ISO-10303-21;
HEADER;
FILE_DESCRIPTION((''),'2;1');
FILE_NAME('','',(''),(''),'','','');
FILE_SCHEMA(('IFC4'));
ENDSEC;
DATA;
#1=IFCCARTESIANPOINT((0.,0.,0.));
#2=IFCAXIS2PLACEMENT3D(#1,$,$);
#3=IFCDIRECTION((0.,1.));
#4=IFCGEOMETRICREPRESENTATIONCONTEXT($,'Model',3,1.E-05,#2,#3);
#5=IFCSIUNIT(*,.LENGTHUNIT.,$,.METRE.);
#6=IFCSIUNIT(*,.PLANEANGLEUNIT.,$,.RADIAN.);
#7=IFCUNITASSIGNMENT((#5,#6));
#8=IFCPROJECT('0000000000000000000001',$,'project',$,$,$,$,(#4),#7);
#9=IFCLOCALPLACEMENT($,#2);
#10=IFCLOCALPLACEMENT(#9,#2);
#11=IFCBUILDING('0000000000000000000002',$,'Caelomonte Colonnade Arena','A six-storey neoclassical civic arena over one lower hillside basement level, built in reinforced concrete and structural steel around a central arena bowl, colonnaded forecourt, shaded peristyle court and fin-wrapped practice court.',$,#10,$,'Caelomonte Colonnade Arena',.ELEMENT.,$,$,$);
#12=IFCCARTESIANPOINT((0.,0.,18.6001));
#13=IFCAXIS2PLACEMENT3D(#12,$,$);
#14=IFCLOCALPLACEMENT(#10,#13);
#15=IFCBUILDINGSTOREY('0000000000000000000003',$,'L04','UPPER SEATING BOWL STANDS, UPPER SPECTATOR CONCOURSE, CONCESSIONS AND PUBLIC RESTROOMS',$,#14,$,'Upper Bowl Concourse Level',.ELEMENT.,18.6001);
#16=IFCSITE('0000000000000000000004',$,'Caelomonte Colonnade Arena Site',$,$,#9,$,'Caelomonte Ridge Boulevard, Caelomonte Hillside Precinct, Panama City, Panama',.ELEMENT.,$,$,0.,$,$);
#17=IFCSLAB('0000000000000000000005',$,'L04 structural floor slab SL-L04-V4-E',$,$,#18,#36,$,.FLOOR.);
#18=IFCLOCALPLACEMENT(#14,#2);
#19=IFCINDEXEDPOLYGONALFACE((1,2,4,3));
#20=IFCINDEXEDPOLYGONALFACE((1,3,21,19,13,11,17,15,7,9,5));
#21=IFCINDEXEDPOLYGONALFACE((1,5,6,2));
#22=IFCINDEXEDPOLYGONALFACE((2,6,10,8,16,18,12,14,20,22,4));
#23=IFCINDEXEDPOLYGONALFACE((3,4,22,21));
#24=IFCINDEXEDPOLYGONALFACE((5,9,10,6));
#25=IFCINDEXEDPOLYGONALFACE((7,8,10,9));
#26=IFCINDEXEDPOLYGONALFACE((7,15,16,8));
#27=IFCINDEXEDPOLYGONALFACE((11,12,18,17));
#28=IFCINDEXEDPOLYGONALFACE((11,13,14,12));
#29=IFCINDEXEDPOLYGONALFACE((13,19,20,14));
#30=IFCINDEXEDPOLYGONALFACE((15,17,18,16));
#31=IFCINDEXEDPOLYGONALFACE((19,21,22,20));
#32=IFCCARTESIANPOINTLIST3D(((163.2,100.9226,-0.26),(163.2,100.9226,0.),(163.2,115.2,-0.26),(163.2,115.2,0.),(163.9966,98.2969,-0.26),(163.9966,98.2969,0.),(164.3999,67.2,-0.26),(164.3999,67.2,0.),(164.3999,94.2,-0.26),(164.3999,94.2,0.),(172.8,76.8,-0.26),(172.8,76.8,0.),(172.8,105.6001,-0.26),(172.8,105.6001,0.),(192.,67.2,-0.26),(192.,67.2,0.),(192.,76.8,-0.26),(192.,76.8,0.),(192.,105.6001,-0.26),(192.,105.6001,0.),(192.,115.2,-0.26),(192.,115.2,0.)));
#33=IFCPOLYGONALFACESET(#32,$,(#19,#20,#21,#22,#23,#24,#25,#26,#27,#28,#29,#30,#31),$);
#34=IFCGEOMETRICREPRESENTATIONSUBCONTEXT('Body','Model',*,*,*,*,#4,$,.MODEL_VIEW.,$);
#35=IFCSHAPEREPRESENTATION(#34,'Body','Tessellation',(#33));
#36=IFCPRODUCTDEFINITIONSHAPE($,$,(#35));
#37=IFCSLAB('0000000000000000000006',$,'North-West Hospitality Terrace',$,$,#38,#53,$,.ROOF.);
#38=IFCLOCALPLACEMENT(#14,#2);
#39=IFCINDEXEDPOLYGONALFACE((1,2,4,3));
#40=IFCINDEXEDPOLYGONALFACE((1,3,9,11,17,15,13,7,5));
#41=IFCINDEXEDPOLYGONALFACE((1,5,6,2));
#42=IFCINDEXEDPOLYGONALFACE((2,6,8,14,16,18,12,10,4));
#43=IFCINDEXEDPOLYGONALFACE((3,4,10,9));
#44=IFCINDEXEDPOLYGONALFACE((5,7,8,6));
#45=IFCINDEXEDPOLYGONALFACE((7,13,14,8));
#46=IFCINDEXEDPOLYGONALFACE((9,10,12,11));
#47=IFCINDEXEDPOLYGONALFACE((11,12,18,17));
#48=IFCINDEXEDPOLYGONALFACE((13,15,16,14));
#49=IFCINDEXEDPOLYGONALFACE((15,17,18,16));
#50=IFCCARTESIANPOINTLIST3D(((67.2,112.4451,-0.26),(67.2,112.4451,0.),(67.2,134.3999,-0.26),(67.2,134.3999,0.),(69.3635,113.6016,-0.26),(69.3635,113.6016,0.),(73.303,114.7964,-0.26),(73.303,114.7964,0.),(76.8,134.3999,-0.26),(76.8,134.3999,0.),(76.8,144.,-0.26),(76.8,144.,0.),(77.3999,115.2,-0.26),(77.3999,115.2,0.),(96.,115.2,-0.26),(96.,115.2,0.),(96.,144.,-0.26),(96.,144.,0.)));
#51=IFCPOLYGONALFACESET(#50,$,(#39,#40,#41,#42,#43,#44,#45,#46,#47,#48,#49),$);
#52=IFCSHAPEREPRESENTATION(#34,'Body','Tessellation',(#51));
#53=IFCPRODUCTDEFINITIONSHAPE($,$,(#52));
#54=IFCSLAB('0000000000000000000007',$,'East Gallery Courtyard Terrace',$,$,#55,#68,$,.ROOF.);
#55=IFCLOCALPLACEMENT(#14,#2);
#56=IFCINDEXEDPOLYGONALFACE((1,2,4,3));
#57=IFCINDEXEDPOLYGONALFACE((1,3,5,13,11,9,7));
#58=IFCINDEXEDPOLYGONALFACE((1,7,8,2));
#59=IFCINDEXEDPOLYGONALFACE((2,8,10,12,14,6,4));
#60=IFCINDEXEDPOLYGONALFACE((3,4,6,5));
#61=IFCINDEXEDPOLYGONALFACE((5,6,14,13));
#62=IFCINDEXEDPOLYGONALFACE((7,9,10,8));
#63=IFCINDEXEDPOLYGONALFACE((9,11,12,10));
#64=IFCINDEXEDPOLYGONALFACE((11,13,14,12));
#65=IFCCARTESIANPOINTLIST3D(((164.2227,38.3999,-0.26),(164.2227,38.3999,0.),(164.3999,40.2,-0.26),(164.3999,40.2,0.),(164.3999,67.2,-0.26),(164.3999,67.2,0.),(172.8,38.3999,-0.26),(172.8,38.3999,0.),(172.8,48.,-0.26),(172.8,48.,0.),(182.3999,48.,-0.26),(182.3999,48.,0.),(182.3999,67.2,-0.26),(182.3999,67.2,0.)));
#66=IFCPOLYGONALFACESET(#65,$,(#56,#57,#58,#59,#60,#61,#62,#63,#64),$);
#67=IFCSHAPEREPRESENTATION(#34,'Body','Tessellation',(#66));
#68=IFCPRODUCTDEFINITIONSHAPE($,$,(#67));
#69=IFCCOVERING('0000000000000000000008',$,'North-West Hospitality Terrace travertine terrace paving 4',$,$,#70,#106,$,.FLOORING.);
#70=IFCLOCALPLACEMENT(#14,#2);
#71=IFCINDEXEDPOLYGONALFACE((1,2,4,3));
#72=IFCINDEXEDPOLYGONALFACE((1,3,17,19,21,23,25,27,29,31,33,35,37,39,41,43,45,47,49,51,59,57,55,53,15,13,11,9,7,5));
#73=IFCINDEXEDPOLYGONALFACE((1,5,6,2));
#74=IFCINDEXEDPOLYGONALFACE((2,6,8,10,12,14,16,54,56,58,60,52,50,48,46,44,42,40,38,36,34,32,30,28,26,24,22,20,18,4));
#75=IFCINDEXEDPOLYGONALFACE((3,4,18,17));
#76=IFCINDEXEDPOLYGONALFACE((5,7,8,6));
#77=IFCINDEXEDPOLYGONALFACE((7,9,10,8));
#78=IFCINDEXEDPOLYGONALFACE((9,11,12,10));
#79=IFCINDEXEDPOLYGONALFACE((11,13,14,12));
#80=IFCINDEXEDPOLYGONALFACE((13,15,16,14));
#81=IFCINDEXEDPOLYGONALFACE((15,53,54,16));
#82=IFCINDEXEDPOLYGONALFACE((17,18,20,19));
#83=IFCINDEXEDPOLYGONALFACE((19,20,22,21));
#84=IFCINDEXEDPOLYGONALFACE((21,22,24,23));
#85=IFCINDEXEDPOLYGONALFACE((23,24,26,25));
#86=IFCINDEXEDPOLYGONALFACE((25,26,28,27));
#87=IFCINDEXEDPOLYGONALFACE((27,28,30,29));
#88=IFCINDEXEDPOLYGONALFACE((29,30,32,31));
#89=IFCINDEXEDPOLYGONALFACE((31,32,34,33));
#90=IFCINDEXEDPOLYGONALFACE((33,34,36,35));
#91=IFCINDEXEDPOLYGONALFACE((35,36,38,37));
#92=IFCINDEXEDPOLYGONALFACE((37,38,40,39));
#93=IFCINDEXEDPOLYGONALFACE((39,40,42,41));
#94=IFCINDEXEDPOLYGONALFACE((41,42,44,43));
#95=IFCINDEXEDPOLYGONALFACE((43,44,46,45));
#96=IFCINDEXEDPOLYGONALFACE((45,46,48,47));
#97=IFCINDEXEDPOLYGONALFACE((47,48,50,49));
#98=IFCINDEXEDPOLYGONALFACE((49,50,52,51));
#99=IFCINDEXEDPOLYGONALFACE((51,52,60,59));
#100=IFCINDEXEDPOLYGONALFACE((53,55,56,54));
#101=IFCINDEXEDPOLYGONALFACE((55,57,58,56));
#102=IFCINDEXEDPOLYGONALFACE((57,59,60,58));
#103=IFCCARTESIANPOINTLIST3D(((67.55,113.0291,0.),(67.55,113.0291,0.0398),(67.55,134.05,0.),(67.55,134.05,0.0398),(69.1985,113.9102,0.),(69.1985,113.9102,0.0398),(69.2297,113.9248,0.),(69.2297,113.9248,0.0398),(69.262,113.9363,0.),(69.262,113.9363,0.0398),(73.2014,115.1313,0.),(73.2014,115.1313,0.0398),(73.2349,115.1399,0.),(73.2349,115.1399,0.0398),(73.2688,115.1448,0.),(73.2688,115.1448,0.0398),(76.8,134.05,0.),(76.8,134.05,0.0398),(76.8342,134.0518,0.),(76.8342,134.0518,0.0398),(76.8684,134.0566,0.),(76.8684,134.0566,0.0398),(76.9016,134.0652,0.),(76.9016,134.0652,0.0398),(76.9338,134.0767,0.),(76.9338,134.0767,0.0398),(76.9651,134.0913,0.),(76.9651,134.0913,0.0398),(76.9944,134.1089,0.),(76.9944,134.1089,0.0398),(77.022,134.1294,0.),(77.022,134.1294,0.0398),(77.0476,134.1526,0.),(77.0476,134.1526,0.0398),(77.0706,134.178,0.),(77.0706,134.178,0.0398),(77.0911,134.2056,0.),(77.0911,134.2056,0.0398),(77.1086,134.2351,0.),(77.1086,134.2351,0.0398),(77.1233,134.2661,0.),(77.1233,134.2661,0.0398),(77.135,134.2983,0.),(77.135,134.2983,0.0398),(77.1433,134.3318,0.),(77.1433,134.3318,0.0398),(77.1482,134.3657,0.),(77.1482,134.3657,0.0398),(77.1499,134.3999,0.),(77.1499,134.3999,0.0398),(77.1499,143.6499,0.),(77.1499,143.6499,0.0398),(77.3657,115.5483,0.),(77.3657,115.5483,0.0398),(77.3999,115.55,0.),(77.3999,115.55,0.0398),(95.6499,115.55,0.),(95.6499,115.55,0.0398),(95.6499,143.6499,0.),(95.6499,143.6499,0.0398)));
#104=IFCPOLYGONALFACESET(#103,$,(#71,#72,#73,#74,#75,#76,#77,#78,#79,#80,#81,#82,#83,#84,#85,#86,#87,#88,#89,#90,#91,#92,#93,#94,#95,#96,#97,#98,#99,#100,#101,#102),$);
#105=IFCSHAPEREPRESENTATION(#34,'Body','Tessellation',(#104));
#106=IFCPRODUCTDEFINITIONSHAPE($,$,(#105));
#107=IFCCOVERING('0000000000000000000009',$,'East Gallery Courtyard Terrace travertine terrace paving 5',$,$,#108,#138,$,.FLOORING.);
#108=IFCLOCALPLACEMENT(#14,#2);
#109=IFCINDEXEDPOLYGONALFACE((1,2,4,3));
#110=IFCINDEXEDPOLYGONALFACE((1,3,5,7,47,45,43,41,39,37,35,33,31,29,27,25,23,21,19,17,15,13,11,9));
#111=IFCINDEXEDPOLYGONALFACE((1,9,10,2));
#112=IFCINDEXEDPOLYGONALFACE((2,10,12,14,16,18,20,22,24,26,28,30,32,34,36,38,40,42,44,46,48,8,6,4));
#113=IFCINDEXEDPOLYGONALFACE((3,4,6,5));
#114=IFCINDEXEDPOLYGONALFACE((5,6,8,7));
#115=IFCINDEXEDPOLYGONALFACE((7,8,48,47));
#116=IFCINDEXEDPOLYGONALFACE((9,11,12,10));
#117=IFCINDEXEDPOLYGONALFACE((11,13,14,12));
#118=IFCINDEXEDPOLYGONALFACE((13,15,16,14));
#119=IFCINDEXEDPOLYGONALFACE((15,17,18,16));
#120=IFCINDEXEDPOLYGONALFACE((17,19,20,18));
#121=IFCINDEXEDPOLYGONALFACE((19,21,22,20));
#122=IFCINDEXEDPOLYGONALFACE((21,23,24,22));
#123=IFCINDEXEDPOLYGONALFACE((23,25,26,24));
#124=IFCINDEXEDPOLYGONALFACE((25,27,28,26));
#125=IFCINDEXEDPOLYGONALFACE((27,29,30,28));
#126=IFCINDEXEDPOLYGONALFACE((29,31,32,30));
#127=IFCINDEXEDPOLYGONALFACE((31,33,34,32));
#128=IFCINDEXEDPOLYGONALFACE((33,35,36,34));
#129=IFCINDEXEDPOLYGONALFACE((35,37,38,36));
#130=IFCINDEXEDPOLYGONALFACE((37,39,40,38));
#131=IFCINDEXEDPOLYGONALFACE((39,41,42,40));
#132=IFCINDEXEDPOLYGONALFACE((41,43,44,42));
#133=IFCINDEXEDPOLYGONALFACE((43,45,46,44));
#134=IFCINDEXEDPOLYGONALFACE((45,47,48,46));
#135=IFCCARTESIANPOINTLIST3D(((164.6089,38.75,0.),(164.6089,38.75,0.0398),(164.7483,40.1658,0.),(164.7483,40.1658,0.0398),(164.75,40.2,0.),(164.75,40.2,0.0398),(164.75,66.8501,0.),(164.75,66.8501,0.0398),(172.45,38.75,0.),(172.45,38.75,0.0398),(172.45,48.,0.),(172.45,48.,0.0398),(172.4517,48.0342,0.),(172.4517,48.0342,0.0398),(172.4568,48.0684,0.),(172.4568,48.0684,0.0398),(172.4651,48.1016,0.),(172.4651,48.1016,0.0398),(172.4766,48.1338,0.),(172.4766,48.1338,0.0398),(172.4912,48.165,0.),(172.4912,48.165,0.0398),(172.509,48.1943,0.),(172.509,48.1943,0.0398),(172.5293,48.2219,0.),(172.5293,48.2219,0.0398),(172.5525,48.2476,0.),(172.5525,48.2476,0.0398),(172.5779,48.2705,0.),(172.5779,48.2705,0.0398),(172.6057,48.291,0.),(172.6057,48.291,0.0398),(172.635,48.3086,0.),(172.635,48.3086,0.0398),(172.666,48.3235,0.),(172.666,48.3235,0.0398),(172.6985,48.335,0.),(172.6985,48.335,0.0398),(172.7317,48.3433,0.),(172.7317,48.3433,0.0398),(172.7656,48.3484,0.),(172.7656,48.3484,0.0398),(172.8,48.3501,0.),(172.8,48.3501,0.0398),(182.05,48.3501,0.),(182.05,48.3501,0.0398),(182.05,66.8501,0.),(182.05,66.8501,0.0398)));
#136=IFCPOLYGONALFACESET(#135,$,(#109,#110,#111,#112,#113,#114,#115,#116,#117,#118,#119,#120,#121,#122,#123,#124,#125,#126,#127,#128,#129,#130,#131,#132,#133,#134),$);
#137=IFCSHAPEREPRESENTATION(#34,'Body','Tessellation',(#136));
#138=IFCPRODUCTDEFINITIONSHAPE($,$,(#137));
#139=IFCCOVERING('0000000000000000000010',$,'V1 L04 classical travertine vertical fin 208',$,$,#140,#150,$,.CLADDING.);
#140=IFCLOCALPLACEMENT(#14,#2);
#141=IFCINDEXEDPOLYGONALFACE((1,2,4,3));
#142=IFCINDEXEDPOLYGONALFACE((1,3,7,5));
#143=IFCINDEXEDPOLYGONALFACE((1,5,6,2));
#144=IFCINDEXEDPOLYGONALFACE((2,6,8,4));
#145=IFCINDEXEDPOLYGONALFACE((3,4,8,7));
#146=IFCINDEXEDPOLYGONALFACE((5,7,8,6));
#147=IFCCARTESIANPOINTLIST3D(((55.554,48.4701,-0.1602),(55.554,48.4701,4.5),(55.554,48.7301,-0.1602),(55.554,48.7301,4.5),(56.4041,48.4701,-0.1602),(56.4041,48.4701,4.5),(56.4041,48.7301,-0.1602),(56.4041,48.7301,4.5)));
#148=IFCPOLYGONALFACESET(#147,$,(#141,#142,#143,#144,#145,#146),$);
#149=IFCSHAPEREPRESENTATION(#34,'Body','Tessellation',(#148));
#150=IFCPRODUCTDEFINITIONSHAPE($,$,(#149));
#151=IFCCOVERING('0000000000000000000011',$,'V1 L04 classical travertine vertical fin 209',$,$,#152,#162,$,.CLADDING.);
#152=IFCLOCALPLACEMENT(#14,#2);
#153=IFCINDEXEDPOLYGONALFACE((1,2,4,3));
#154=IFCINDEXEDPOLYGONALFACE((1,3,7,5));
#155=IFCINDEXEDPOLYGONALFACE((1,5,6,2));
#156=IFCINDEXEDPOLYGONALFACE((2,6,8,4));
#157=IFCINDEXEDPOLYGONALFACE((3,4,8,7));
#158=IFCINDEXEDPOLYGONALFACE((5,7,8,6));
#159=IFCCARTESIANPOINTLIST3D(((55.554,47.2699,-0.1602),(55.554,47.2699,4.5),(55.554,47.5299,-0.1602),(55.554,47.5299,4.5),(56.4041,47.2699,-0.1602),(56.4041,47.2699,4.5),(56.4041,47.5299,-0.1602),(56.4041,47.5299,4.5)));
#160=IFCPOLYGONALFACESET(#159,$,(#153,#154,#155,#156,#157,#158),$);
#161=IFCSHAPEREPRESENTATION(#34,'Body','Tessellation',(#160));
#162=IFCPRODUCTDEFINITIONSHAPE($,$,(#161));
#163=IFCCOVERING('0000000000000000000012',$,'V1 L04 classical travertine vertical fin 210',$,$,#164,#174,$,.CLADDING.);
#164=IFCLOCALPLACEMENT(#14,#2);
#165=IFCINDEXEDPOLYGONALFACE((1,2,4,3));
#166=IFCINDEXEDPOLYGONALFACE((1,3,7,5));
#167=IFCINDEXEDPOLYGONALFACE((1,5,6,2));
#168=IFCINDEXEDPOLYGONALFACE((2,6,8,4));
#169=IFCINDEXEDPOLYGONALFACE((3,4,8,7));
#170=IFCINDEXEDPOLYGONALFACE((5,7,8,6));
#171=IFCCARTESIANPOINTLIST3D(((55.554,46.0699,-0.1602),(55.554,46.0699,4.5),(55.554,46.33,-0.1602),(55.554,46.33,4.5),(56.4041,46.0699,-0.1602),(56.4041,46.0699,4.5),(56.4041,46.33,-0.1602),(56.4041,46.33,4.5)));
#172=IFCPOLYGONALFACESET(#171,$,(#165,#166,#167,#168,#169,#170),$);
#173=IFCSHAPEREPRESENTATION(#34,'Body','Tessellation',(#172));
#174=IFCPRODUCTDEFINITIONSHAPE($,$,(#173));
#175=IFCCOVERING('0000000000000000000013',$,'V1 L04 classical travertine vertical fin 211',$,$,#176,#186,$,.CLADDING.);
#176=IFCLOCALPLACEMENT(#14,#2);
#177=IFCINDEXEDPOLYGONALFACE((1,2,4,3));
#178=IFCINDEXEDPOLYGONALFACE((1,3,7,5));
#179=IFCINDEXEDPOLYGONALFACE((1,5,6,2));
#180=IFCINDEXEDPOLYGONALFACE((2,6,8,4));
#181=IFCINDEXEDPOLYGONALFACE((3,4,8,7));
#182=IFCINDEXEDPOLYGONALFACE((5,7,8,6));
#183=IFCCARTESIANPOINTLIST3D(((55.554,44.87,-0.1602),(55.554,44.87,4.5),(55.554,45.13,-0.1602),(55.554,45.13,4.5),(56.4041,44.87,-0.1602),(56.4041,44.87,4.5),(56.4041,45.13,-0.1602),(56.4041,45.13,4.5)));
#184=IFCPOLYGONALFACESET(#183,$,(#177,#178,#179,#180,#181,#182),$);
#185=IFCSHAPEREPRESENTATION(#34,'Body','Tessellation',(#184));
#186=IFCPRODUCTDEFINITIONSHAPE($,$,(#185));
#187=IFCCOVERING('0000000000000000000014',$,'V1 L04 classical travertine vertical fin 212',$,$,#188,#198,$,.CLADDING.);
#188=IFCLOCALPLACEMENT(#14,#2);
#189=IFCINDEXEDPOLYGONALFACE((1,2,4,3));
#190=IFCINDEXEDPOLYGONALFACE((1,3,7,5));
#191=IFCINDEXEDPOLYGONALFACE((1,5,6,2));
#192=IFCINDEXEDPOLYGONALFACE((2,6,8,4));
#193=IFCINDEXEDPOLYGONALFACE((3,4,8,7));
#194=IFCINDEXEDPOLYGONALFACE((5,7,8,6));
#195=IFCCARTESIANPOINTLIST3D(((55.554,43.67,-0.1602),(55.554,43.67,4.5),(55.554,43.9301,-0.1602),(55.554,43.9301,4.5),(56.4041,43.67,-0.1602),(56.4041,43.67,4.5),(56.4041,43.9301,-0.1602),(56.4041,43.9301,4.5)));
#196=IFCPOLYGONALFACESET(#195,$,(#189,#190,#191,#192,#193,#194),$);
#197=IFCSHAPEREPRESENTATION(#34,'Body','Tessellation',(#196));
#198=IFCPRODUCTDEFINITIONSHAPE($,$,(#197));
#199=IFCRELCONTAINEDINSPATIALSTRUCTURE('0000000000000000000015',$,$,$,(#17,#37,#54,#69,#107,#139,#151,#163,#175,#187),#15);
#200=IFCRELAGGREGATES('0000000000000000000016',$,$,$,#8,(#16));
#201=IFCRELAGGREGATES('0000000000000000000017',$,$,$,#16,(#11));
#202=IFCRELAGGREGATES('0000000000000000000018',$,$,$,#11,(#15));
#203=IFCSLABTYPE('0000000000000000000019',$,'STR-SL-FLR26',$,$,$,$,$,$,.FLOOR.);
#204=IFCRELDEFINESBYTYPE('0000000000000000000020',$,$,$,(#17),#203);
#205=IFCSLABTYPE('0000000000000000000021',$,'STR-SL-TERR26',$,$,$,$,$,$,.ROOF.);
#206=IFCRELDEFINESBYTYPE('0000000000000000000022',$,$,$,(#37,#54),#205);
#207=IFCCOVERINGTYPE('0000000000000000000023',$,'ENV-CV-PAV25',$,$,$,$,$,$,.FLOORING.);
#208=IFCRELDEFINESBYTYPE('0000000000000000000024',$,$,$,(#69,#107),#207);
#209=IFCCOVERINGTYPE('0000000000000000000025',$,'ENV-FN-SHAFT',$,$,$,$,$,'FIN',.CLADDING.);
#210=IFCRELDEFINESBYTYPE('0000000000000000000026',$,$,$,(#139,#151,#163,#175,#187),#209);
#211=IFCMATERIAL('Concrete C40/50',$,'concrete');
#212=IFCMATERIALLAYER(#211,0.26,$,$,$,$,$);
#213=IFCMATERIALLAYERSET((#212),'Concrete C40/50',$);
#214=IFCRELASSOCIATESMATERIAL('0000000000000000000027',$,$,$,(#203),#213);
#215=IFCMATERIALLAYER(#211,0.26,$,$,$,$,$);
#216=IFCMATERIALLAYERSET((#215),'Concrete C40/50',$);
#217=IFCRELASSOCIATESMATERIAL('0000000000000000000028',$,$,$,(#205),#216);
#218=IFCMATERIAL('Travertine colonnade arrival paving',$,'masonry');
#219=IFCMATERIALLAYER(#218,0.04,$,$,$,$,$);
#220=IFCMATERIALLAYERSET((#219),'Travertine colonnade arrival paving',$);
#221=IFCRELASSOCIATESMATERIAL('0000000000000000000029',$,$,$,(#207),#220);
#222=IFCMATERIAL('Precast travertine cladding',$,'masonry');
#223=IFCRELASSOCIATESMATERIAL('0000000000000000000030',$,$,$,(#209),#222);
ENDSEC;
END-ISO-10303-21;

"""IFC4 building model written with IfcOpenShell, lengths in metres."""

from ifc_helpers import new_model, si_unit, direction, frame, origin, origin_2d, place, context, subcontext, project, spatial, polyline, rectangle, outline, extrude, material, layer, layer_set, material_profile, profile_set, type_object, element, save


model = new_model("IFC4")

# Units and contexts
model_context = context("Model", 3, precision=1e-05, world=origin(), true_north=direction((0.0, 1.0)))
body_context = subcontext(model_context, "Body", "Model", "MODEL_VIEW")
ifc_project = project(units=[si_unit("LENGTHUNIT", "METRE"), si_unit("PLANEANGLEUNIT", "RADIAN")], contexts=[model_context])

# Site, building, storey
site_placement = place(None, origin())
site = spatial("IfcSite", under=ifc_project, at=site_placement, Name="Caelomonte Colonnade Arena Site", LongName="Caelomonte Ridge Boulevard, Caelomonte Hillside Precinct, Panama City, Panama", CompositionType="ELEMENT", RefElevation=0.0)
building_placement = place(site_placement, origin())
building = spatial("IfcBuilding", under=site, at=building_placement, Name="Caelomonte Colonnade Arena", Description="A six-storey neoclassical civic arena over one lower hillside basement level, built in reinforced concrete and structural steel around a central arena bowl, colonnaded forecourt, shaded peristyle court and fin-wrapped practice court.", LongName="Caelomonte Colonnade Arena", CompositionType="ELEMENT")
storey_placement = place(building_placement, frame((0.0, 0.0, 18.6001)))
storey = spatial("IfcBuildingStorey", under=building, at=storey_placement, Name="L04", Description="UPPER SEATING BOWL STANDS, UPPER SPECTATOR CONCOURSE, CONCESSIONS AND PUBLIC RESTROOMS", LongName="Upper Bowl Concourse Level", CompositionType="ELEMENT", Elevation=18.6001)

# Shared definitions
ifc_material_1 = material(Name="Concrete C40/50", Category="concrete")

# Slabs
ifc_layer_1 = layer(ifc_material_1, 0.26)
ifc_layer_set_1 = layer_set([ifc_layer_1], Name="Concrete C40/50")
slab_type_1 = type_object("IfcSlabType", Name="STR-SL-FLR26", PredefinedType="FLOOR", material=ifc_layer_set_1)
slab_1_placement = place(storey_placement, frame((0.0, 0.0, -0.26)))
element("IfcSlab", 1, at=slab_1_placement, inside=storey, type_object=slab_type_1, Name="L04 structural floor slab SL-L04-V4-E", PredefinedType="FLOOR", context=body_context, shape_type="SweptSolid", body=[
    extrude(outline(polyline([(164.3999, 67.2), (192.0, 67.2), (192.0, 76.8), (172.8, 76.8), (172.8, 105.6001), (192.0, 105.6001), (192.0, 115.2), (163.2, 115.2), (163.2, 100.9226), (163.9966, 98.2969), (164.3999, 94.2), (164.3999, 67.2)])), origin(), (0.0, 0.0, 1.0), 0.26),
])
ifc_layer_2 = layer(ifc_material_1, 0.26)
ifc_layer_set_2 = layer_set([ifc_layer_2], Name="Concrete C40/50")
slab_type_2 = type_object("IfcSlabType", Name="STR-SL-TERR26", PredefinedType="ROOF", material=ifc_layer_set_2)
slab_2_placement = place(storey_placement, frame((0.0, 0.0, -0.26)))
element("IfcSlab", 2, at=slab_2_placement, inside=storey, type_object=slab_type_2, Name="North-West Hospitality Terrace", PredefinedType="ROOF", context=body_context, shape_type="SweptSolid", body=[
    extrude(outline(polyline([(96.0, 115.2), (96.0, 144.0), (76.8, 144.0), (76.8, 134.3999), (67.2, 134.3999), (67.2, 112.4451), (69.3635, 113.6016), (73.303, 114.7964), (77.3999, 115.2), (96.0, 115.2)])), origin(), (0.0, 0.0, 1.0), 0.26),
])
slab_3_placement = place(storey_placement, frame((0.0, 0.0, -0.26)))
element("IfcSlab", 3, at=slab_3_placement, inside=storey, type_object=slab_type_2, Name="East Gallery Courtyard Terrace", PredefinedType="ROOF", context=body_context, shape_type="SweptSolid", body=[
    extrude(outline(polyline([(182.3999, 67.2), (164.3999, 67.2), (164.3999, 40.2), (164.2227, 38.3999), (172.8, 38.3999), (172.8, 48.0), (182.3999, 48.0), (182.3999, 67.2)])), origin(), (0.0, 0.0, 1.0), 0.26),
])

# Coverings
ifc_material_2 = material(Name="Travertine colonnade arrival paving", Category="masonry")
ifc_layer_3 = layer(ifc_material_2, 0.04)
ifc_layer_set_3 = layer_set([ifc_layer_3], Name="Travertine colonnade arrival paving")
covering_type_1 = type_object("IfcCoveringType", Name="ENV-CV-PAV25", PredefinedType="FLOORING", material=ifc_layer_set_3)
covering_1_placement = place(storey_placement, origin())
element("IfcCovering", 4, at=covering_1_placement, inside=storey, type_object=covering_type_1, Name="North-West Hospitality Terrace travertine terrace paving 4", PredefinedType="FLOORING", context=body_context, shape_type="SweptSolid", body=[
    extrude(outline(polyline([(95.6499, 115.55), (95.6499, 143.6499), (77.1499, 143.6499), (77.1499, 134.3999), (77.1482, 134.3657), (77.1433, 134.3318), (77.135, 134.2983), (77.1233, 134.2661), (77.1086, 134.2351), (77.0911, 134.2056), (77.0706, 134.178), (77.0476, 134.1526), (77.022, 134.1294), (76.9944, 134.1089), (76.9651, 134.0913), (76.9338, 134.0767), (76.9016, 134.0652), (76.8684, 134.0566), (76.8342, 134.0518), (76.8, 134.05), (67.55, 134.05), (67.55, 113.0291), (69.1985, 113.9102), (69.2297, 113.9248), (69.262, 113.9363), (73.2014, 115.1313), (73.2349, 115.1399), (73.2688, 115.1448), (77.3657, 115.5483), (77.3999, 115.55), (95.6499, 115.55)])), origin(), (0.0, 0.0, 1.0), 0.0398),
])
covering_2_placement = place(storey_placement, origin())
element("IfcCovering", 5, at=covering_2_placement, inside=storey, type_object=covering_type_1, Name="East Gallery Courtyard Terrace travertine terrace paving 5", PredefinedType="FLOORING", context=body_context, shape_type="SweptSolid", body=[
    extrude(outline(polyline([(182.05, 66.8501), (164.75, 66.8501), (164.75, 40.2), (164.7483, 40.1658), (164.6089, 38.75), (172.45, 38.75), (172.45, 48.0), (172.4517, 48.0342), (172.4568, 48.0684), (172.4651, 48.1016), (172.4766, 48.1338), (172.4912, 48.165), (172.509, 48.1943), (172.5293, 48.2219), (172.5525, 48.2476), (172.5779, 48.2705), (172.6057, 48.291), (172.635, 48.3086), (172.666, 48.3235), (172.6985, 48.335), (172.7317, 48.3433), (172.7656, 48.3484), (172.8, 48.3501), (182.05, 48.3501), (182.05, 66.8501)])), origin(), (0.0, 0.0, 1.0), 0.0398),
])
ifc_material_3 = material(Name="Precast travertine cladding", Category="masonry")
ifc_material_profile = material_profile(ifc_material_3, rectangle(XDim=0.26, YDim=0.8501, at=origin_2d()), Name="FIN260X850")
ifc_profile_set = profile_set([ifc_material_profile], Name="Precast travertine cladding")
covering_type_2 = type_object("IfcCoveringType", Name="ENV-FN-SHAFT", ElementType="FIN", PredefinedType="CLADDING", material=ifc_profile_set)
for number, where, z_axis, x_axis, name in (
    (6, (55.979, 48.6001, -0.1602), (0.0, 0.0, 1.0), (0.0, 1.0, 0.0), "V1 L04 classical travertine vertical fin 208"),
    (7, (55.979, 47.3999, -0.1602), (0.0, 0.0, 1.0), (0.0, 1.0, 0.0), "V1 L04 classical travertine vertical fin 209"),
    (8, (55.979, 46.2, -0.1602), (0.0, 0.0, 1.0), (0.0, 1.0, 0.0), "V1 L04 classical travertine vertical fin 210"),
    (9, (55.979, 45.0, -0.1602), (0.0, 0.0, 1.0), (0.0, 1.0, 0.0), "V1 L04 classical travertine vertical fin 211"),
    (10, (55.979, 43.8, -0.1602), (0.0, 0.0, 1.0), (0.0, 1.0, 0.0), "V1 L04 classical travertine vertical fin 212"),
):
    element("IfcCovering", number, at=place(storey_placement, frame(where, z_axis=z_axis, x_axis=x_axis)), inside=storey, type_object=covering_type_2, Name=name, PredefinedType="CLADDING", context=body_context, shape_type="SweptSolid", body=[
        extrude(rectangle(XDim=0.26, YDim=0.8501, at=origin_2d()), origin(), (0.0, 0.0, 1.0), 4.6602),
    ])

save(model, "model.ifc")
